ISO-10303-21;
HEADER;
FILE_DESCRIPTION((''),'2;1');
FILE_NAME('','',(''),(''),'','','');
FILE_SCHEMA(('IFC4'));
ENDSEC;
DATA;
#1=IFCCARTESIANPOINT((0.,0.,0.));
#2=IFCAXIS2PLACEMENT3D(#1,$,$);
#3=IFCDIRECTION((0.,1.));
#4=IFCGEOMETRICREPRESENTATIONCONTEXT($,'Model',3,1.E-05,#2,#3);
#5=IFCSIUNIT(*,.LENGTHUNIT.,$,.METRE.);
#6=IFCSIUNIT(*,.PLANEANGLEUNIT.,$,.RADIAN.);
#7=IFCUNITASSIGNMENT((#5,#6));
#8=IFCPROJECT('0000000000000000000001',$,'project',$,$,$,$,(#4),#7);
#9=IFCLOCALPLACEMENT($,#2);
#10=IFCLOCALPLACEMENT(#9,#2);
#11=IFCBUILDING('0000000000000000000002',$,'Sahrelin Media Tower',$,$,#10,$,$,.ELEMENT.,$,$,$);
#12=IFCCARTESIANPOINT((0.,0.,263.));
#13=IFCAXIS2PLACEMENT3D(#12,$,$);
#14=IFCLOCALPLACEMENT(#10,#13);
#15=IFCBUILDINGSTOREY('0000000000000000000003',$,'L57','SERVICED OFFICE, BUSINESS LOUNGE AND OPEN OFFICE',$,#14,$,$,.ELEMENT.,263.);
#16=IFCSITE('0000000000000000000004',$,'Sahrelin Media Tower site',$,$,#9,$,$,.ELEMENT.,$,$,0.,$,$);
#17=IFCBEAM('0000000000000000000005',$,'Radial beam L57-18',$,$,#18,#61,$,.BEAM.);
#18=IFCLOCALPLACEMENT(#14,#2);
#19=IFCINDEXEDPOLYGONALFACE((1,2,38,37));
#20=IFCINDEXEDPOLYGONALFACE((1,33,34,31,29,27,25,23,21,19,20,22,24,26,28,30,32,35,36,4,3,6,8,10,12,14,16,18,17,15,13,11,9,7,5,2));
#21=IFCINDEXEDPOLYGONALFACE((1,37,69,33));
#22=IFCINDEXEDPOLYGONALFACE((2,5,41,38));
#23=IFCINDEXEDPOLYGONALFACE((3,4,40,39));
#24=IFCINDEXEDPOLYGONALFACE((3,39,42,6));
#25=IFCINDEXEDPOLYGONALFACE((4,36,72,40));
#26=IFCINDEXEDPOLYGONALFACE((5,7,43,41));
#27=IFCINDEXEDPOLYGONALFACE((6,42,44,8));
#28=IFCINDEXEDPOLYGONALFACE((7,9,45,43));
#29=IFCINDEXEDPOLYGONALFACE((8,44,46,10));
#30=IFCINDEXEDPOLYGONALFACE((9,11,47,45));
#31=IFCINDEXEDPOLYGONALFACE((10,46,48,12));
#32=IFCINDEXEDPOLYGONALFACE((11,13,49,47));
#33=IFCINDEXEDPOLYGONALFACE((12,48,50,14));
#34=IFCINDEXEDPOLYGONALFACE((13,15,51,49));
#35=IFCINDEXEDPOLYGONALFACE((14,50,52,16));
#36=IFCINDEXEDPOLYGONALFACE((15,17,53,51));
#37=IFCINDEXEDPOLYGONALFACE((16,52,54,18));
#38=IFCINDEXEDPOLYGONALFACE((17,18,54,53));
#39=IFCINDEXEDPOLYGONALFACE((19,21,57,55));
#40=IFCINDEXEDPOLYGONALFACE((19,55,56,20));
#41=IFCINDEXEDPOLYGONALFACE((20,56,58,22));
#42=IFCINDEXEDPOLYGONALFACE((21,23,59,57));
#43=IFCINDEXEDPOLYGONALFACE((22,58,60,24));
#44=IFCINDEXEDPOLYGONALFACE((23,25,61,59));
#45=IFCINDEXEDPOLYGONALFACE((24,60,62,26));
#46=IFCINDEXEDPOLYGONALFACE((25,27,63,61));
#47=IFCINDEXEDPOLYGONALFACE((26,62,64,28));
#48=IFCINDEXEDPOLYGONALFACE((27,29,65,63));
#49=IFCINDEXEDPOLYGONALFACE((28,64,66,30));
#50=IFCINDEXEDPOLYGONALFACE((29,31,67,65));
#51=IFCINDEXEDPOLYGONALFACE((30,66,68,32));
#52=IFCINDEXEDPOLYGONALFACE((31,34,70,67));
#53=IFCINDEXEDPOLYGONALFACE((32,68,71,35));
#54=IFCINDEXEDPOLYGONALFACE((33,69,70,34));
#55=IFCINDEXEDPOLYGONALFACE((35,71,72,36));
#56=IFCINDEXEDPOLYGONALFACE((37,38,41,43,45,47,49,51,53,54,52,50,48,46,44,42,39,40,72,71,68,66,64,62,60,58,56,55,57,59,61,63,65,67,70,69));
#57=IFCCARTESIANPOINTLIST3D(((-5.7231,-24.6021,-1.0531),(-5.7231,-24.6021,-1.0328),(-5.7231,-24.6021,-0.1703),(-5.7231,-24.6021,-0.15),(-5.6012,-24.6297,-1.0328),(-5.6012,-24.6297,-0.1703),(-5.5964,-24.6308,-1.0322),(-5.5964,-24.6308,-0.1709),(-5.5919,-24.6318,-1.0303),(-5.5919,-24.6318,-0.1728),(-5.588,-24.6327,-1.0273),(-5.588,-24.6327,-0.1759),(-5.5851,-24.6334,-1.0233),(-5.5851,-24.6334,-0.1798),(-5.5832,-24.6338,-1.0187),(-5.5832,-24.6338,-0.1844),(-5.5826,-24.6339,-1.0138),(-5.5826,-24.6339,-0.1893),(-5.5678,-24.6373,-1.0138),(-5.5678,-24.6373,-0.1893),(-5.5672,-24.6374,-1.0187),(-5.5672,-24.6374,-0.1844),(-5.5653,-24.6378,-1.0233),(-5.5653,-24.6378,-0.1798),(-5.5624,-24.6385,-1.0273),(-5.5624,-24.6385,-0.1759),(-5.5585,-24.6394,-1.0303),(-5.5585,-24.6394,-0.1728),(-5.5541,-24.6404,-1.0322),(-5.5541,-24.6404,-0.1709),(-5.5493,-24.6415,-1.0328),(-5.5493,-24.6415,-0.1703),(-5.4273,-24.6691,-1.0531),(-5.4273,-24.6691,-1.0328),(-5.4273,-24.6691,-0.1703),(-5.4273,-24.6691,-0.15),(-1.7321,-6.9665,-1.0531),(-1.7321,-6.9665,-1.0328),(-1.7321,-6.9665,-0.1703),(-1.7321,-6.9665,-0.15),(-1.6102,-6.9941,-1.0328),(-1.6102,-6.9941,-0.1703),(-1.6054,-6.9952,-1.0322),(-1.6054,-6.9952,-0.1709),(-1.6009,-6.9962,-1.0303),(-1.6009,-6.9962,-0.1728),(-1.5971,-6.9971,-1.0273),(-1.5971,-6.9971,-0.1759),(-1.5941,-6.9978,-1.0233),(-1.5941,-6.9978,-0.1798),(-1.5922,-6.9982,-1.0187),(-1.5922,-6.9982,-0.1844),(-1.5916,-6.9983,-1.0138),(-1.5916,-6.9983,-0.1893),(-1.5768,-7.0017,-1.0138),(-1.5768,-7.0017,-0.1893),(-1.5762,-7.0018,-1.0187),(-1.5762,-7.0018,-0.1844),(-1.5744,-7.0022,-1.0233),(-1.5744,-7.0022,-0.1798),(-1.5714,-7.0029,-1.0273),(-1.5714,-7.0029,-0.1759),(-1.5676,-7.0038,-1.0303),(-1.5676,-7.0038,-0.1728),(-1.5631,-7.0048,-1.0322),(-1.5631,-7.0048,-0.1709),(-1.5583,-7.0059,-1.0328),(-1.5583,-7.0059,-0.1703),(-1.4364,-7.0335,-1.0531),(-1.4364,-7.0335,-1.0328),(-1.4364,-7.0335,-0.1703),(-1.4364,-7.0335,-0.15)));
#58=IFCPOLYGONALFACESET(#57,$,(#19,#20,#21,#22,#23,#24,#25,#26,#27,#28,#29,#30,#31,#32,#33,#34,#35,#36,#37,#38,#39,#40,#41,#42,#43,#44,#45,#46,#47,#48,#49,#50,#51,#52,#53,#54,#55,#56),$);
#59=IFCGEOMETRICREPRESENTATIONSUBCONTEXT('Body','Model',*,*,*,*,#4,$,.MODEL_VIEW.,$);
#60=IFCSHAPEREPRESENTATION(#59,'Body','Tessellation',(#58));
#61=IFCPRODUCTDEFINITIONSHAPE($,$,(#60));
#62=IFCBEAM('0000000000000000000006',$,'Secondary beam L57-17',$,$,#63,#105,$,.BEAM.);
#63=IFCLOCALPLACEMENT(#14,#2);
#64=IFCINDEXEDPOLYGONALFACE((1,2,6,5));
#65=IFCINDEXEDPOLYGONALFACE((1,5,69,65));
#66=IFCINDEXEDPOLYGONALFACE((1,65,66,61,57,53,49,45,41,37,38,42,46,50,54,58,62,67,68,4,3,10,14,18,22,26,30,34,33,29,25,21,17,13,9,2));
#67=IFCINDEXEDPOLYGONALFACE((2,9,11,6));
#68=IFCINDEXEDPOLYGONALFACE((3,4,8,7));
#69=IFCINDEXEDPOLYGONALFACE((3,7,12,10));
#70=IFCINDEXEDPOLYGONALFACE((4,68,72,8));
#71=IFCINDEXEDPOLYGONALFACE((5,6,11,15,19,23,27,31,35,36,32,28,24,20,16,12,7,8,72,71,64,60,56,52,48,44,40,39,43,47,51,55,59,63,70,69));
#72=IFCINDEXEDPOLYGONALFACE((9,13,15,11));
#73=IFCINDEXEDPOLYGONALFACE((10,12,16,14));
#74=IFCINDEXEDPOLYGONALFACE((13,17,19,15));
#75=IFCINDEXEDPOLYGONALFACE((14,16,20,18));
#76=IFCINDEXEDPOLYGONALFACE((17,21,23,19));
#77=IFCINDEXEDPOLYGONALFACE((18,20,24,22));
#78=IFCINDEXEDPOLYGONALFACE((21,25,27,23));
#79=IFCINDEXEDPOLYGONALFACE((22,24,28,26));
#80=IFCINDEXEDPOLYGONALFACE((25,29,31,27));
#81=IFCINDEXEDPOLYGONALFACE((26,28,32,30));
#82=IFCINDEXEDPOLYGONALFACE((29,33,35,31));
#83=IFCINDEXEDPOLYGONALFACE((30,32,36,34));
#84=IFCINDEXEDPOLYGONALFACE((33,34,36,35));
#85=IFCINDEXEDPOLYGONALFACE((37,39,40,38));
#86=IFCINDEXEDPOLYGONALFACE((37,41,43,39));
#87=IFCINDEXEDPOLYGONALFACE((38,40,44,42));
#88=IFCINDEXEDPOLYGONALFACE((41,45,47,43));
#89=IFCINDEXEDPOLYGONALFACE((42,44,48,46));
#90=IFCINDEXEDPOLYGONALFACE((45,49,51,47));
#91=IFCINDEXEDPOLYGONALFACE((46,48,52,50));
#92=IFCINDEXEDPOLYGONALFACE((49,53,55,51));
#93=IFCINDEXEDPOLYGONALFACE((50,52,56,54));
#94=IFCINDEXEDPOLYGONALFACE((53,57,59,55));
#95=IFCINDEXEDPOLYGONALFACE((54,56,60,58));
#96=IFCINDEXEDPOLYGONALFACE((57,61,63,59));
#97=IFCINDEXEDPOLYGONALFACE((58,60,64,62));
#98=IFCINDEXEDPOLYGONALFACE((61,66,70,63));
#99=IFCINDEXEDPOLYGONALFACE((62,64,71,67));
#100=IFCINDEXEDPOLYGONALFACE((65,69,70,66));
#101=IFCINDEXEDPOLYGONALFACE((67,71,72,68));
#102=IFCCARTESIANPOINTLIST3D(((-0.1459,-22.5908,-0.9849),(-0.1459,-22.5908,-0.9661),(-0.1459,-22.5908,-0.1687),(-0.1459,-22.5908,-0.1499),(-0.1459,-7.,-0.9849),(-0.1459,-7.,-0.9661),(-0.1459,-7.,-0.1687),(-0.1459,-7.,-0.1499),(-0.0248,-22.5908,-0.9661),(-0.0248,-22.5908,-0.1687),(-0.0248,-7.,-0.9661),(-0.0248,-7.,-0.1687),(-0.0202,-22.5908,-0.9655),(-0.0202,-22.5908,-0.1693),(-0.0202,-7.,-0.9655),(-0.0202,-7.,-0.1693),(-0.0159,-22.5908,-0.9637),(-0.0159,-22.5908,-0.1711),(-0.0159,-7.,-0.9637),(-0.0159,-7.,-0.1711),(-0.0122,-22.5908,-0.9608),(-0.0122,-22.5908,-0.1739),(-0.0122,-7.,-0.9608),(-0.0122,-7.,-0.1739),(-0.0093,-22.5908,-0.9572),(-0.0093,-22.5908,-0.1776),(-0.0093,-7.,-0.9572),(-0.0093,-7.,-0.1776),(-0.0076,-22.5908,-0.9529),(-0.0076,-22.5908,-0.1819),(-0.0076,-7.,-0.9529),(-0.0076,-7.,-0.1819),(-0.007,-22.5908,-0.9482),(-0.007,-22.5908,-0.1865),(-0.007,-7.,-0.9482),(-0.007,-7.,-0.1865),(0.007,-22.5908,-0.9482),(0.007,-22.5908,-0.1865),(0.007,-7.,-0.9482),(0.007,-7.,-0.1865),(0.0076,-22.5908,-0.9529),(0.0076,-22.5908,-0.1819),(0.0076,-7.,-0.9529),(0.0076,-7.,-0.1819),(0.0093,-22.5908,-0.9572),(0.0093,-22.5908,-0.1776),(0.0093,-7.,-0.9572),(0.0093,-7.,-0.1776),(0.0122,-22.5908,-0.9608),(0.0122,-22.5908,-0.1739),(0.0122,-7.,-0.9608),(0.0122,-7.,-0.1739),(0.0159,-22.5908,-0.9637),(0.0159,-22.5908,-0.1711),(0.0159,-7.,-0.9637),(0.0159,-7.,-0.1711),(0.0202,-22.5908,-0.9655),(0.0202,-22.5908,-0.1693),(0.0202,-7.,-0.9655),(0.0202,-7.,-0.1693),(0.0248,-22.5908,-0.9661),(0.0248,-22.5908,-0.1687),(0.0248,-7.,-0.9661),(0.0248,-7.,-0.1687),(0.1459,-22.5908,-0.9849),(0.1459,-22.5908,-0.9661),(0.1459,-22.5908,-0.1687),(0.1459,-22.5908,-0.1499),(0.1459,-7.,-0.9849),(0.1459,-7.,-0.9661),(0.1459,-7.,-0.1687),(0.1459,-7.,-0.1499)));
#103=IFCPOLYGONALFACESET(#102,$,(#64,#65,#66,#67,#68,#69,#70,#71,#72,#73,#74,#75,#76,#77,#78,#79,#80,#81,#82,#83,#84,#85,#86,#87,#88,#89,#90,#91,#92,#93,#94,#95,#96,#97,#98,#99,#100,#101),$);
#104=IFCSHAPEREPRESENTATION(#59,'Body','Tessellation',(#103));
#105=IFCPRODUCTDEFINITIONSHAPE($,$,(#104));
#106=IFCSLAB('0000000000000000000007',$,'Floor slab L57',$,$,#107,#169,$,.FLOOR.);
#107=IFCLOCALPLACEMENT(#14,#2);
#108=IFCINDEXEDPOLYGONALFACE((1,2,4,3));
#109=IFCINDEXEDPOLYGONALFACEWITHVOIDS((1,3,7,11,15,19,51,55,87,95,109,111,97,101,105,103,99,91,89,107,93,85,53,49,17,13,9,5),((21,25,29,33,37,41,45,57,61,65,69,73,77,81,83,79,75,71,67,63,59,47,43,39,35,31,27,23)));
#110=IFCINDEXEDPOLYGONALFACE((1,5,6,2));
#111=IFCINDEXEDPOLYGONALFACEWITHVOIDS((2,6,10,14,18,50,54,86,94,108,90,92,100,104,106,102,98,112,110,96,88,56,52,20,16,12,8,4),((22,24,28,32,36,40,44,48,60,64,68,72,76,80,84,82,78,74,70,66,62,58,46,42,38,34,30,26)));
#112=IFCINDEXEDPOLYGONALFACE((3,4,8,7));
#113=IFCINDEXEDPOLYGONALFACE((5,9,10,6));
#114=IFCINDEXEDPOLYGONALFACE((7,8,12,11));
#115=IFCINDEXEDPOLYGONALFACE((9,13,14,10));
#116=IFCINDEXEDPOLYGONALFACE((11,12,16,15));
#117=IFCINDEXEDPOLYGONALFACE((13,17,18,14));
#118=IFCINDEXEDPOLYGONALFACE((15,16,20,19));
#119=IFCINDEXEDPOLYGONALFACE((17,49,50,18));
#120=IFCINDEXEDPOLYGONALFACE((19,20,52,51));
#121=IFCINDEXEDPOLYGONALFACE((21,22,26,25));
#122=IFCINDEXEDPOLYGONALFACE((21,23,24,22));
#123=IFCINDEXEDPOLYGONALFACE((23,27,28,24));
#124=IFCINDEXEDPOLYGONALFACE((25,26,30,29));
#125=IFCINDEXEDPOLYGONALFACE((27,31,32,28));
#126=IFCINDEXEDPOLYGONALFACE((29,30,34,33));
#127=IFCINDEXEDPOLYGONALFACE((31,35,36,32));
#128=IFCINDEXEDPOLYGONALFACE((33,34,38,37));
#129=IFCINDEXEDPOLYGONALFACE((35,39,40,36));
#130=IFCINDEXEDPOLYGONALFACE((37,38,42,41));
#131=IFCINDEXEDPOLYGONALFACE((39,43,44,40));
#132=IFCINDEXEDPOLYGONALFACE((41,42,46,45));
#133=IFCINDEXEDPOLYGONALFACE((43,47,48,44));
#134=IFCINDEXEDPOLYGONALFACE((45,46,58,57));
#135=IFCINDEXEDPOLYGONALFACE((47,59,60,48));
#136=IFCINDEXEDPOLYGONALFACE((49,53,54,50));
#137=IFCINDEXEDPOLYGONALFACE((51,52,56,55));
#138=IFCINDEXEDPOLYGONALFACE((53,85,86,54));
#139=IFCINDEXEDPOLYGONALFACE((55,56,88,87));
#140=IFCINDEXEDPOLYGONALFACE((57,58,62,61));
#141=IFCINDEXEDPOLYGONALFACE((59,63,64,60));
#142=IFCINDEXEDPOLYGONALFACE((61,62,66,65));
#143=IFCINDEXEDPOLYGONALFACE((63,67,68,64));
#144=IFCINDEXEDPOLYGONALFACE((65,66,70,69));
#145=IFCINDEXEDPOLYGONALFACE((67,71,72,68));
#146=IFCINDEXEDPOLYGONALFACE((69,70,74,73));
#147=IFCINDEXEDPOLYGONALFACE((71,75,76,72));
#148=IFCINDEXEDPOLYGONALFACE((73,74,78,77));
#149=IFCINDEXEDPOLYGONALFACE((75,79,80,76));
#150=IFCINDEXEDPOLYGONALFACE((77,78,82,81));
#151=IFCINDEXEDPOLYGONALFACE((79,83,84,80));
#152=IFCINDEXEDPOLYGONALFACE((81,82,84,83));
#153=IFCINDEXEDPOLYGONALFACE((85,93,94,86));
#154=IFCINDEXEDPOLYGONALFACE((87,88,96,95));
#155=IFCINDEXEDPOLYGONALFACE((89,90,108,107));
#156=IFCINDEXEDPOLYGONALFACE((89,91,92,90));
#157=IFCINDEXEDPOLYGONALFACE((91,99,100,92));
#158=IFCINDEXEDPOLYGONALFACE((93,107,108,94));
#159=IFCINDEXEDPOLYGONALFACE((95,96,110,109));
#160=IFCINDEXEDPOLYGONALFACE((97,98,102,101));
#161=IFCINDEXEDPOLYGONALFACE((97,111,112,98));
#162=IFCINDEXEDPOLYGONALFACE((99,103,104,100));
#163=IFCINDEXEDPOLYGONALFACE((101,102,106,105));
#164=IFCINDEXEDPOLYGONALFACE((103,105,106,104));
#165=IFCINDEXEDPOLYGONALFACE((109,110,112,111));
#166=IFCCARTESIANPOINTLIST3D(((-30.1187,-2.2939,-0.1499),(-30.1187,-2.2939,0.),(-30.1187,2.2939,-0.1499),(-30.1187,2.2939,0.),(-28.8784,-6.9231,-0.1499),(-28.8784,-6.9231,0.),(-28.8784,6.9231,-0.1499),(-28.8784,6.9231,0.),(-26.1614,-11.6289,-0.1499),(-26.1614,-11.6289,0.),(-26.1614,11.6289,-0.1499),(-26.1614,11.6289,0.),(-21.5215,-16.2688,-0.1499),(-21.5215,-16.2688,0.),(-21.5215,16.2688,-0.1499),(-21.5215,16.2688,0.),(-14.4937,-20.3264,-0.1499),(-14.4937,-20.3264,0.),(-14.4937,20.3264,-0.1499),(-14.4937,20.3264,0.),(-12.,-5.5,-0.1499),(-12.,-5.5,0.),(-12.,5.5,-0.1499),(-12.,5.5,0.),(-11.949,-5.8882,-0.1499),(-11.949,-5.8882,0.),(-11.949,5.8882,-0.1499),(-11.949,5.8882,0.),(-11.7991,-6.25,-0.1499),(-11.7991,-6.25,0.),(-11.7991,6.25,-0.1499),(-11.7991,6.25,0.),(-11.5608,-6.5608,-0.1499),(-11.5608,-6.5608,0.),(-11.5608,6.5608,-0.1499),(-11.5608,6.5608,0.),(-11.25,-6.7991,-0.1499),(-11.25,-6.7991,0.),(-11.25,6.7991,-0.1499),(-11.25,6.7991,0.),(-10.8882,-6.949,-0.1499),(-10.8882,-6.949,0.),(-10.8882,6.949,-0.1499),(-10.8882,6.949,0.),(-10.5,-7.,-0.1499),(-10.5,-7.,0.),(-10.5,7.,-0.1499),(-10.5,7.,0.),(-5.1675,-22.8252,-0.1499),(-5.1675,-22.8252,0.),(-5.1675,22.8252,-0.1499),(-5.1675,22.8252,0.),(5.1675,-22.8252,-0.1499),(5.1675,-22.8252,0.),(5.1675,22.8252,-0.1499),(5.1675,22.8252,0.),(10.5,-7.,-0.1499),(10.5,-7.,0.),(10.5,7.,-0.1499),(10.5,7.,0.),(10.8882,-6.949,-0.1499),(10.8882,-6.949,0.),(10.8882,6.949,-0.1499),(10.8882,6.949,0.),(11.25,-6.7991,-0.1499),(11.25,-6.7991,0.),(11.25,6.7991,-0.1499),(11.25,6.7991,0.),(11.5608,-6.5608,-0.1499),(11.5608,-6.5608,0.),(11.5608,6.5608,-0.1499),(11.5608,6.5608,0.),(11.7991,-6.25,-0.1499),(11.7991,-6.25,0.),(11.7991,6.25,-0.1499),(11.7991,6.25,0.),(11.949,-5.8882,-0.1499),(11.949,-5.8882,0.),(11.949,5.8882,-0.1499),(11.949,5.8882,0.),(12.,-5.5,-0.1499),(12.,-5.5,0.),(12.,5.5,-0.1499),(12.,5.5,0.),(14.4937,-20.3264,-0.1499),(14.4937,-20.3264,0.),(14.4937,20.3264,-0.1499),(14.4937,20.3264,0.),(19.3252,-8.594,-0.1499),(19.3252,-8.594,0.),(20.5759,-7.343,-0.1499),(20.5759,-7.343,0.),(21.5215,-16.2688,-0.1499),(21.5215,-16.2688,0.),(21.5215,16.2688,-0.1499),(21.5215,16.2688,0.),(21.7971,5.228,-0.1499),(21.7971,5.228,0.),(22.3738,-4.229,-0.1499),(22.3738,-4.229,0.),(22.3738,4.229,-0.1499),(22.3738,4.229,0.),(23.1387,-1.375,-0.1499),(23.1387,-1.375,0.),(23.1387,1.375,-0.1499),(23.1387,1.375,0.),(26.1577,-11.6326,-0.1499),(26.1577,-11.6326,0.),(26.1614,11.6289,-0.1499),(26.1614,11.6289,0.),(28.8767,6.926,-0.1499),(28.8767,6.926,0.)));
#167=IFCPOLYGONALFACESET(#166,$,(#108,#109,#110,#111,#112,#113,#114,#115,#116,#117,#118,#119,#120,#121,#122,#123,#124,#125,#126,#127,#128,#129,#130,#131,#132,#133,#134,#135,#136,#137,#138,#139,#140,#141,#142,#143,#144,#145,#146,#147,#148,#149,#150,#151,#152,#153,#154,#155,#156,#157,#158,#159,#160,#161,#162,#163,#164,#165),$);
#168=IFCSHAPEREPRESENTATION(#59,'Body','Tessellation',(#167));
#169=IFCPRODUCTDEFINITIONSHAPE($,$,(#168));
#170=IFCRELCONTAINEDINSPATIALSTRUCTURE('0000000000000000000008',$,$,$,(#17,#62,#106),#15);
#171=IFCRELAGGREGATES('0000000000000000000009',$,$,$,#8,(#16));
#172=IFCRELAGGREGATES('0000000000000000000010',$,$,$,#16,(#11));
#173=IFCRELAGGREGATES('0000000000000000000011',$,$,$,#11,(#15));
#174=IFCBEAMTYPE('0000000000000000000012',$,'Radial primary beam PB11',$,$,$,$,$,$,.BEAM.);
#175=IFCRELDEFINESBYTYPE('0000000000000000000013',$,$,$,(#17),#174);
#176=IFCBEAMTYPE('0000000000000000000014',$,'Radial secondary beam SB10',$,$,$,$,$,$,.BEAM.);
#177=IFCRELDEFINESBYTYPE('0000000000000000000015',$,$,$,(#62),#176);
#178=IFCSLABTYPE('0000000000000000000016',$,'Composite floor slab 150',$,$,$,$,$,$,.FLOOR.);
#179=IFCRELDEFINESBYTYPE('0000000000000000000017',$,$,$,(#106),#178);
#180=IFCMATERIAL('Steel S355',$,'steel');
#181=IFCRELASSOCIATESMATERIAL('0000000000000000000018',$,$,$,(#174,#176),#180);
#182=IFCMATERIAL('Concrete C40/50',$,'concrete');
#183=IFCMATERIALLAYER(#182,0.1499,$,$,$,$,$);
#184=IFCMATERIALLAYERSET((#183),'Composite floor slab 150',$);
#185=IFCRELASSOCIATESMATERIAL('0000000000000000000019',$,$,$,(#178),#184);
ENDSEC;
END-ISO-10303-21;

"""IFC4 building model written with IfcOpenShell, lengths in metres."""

from ifc_helpers import new_model, si_unit, direction, frame, origin, origin_2d, place, context, subcontext, project, spatial, polyline, i_section, outline, extrude, material, layer, layer_set, material_profile, profile_set, type_object, element, save


model = new_model("IFC4")

# Units and contexts
model_context = context("Model", 3, precision=1e-05, world=origin(), true_north=direction((0.0, 1.0)))
body_context = subcontext(model_context, "Body", "Model", "MODEL_VIEW")
ifc_project = project(units=[si_unit("LENGTHUNIT", "METRE"), si_unit("PLANEANGLEUNIT", "RADIAN")], contexts=[model_context])

# Site, building, storey
site_placement = place(None, origin())
site = spatial("IfcSite", under=ifc_project, at=site_placement, Name="Sahrelin Media Tower site", CompositionType="ELEMENT", RefElevation=0.0)
building_placement = place(site_placement, origin())
building = spatial("IfcBuilding", under=site, at=building_placement, Name="Sahrelin Media Tower", CompositionType="ELEMENT")
storey_placement = place(building_placement, frame((0.0, 0.0, 263.0)))
storey = spatial("IfcBuildingStorey", under=building, at=storey_placement, Name="L57", Description="SERVICED OFFICE, BUSINESS LOUNGE AND OPEN OFFICE", CompositionType="ELEMENT", Elevation=263.0)

# Beams
ifc_material_1 = material(Name="Steel S355", Category="steel")
ifc_material_profile_1 = material_profile(ifc_material_1, i_section(OverallWidth=0.3032, OverallDepth=0.9031, WebThickness=0.0151, FlangeThickness=0.0203, FilletRadius=0.019, at=origin_2d()), Name="UB 914x305x201")
ifc_profile_set_1 = profile_set([ifc_material_profile_1], Name="Steel S355")
beam_type_1 = type_object("IfcBeamType", Name="Radial primary beam PB11", PredefinedType="BEAM", material=ifc_profile_set_1)
beam_1_placement = place(storey_placement, frame((-1.5842, -7.0, -0.6016), z_axis=(-0.220722, -0.975337, 0.0), x_axis=(0.975337, -0.220722, 0.0)))
element("IfcBeam", 1, at=beam_1_placement, inside=storey, type_object=beam_type_1, Name="Radial beam L57-18", PredefinedType="BEAM", context=body_context, shape_type="SweptSolid", body=[
    extrude(i_section(OverallWidth=0.3032, OverallDepth=0.9031, WebThickness=0.0151, FlangeThickness=0.0203, FilletRadius=0.019, at=origin_2d()), origin(), (0.0, 0.0, 1.0), 18.0815),
])
ifc_material_profile_2 = material_profile(ifc_material_1, i_section(OverallWidth=0.2917, OverallDepth=0.835, WebThickness=0.0139, FlangeThickness=0.0188, FilletRadius=0.0178, at=origin_2d()), Name="UB 838x292x176")
ifc_profile_set_2 = profile_set([ifc_material_profile_2], Name="Steel S355")
beam_type_2 = type_object("IfcBeamType", Name="Radial secondary beam SB10", PredefinedType="BEAM", material=ifc_profile_set_2)
beam_2_placement = place(storey_placement, frame((0.0, -7.0, -0.5674), z_axis=(0.0, -1.0, 0.0), x_axis=(1.0, 0.0, 0.0)))
element("IfcBeam", 2, at=beam_2_placement, inside=storey, type_object=beam_type_2, Name="Secondary beam L57-17", PredefinedType="BEAM", context=body_context, shape_type="SweptSolid", body=[
    extrude(i_section(OverallWidth=0.2917, OverallDepth=0.835, WebThickness=0.0139, FlangeThickness=0.0188, FilletRadius=0.0178, at=origin_2d()), origin(), (0.0, 0.0, 1.0), 15.5908),
])

# Slab
ifc_material_2 = material(Name="Concrete C40/50", Category="concrete")
ifc_layer_1 = layer(ifc_material_2, 0.1499)
ifc_layer_set_1 = layer_set([ifc_layer_1], Name="Composite floor slab 150")
slab_type = type_object("IfcSlabType", Name="Composite floor slab 150", PredefinedType="FLOOR", material=ifc_layer_set_1)
slab_placement = place(storey_placement, frame((0.0, 0.0, -0.1499)))
element("IfcSlab", 3, at=slab_placement, inside=storey, type_object=slab_type, Name="Floor slab L57", PredefinedType="FLOOR", context=body_context, shape_type="SweptSolid", body=[
    extrude(outline(polyline([(21.5215, -16.2688), (26.1577, -11.6326), (19.3252, -8.594), (20.5759, -7.343), (22.3738, -4.229), (23.1387, -1.375), (23.1387, 1.375), (22.3738, 4.229), (21.7971, 5.228), (28.8767, 6.926), (26.1614, 11.6289), (21.5215, 16.2688), (14.4937, 20.3264), (5.1675, 22.8252), (-5.1675, 22.8252), (-14.4937, 20.3264), (-21.5215, 16.2688), (-26.1614, 11.6289), (-28.8784, 6.9231), (-30.1187, 2.2939), (-30.1187, -2.2939), (-28.8784, -6.9231), (-26.1614, -11.6289), (-21.5215, -16.2688), (-14.4937, -20.3264), (-5.1675, -22.8252), (5.1675, -22.8252), (14.4937, -20.3264), (21.5215, -16.2688)]), holes=[polyline([(11.7991, 6.25), (11.949, 5.8882), (12.0, 5.5), (12.0, -5.5), (11.949, -5.8882), (11.7991, -6.25), (11.5608, -6.5608), (11.25, -6.7991), (10.8882, -6.949), (10.5, -7.0), (-10.5, -7.0), (-10.8882, -6.949), (-11.25, -6.7991), (-11.5608, -6.5608), (-11.7991, -6.25), (-11.949, -5.8882), (-12.0, -5.5), (-12.0, 5.5), (-11.949, 5.8882), (-11.7991, 6.25), (-11.5608, 6.5608), (-11.25, 6.7991), (-10.8882, 6.949), (-10.5, 7.0), (10.5, 7.0), (10.8882, 6.949), (11.25, 6.7991), (11.5608, 6.5608), (11.7991, 6.25)])]), origin(), (0.0, 0.0, 1.0), 0.1499),
])

save(model, "model.ifc")
